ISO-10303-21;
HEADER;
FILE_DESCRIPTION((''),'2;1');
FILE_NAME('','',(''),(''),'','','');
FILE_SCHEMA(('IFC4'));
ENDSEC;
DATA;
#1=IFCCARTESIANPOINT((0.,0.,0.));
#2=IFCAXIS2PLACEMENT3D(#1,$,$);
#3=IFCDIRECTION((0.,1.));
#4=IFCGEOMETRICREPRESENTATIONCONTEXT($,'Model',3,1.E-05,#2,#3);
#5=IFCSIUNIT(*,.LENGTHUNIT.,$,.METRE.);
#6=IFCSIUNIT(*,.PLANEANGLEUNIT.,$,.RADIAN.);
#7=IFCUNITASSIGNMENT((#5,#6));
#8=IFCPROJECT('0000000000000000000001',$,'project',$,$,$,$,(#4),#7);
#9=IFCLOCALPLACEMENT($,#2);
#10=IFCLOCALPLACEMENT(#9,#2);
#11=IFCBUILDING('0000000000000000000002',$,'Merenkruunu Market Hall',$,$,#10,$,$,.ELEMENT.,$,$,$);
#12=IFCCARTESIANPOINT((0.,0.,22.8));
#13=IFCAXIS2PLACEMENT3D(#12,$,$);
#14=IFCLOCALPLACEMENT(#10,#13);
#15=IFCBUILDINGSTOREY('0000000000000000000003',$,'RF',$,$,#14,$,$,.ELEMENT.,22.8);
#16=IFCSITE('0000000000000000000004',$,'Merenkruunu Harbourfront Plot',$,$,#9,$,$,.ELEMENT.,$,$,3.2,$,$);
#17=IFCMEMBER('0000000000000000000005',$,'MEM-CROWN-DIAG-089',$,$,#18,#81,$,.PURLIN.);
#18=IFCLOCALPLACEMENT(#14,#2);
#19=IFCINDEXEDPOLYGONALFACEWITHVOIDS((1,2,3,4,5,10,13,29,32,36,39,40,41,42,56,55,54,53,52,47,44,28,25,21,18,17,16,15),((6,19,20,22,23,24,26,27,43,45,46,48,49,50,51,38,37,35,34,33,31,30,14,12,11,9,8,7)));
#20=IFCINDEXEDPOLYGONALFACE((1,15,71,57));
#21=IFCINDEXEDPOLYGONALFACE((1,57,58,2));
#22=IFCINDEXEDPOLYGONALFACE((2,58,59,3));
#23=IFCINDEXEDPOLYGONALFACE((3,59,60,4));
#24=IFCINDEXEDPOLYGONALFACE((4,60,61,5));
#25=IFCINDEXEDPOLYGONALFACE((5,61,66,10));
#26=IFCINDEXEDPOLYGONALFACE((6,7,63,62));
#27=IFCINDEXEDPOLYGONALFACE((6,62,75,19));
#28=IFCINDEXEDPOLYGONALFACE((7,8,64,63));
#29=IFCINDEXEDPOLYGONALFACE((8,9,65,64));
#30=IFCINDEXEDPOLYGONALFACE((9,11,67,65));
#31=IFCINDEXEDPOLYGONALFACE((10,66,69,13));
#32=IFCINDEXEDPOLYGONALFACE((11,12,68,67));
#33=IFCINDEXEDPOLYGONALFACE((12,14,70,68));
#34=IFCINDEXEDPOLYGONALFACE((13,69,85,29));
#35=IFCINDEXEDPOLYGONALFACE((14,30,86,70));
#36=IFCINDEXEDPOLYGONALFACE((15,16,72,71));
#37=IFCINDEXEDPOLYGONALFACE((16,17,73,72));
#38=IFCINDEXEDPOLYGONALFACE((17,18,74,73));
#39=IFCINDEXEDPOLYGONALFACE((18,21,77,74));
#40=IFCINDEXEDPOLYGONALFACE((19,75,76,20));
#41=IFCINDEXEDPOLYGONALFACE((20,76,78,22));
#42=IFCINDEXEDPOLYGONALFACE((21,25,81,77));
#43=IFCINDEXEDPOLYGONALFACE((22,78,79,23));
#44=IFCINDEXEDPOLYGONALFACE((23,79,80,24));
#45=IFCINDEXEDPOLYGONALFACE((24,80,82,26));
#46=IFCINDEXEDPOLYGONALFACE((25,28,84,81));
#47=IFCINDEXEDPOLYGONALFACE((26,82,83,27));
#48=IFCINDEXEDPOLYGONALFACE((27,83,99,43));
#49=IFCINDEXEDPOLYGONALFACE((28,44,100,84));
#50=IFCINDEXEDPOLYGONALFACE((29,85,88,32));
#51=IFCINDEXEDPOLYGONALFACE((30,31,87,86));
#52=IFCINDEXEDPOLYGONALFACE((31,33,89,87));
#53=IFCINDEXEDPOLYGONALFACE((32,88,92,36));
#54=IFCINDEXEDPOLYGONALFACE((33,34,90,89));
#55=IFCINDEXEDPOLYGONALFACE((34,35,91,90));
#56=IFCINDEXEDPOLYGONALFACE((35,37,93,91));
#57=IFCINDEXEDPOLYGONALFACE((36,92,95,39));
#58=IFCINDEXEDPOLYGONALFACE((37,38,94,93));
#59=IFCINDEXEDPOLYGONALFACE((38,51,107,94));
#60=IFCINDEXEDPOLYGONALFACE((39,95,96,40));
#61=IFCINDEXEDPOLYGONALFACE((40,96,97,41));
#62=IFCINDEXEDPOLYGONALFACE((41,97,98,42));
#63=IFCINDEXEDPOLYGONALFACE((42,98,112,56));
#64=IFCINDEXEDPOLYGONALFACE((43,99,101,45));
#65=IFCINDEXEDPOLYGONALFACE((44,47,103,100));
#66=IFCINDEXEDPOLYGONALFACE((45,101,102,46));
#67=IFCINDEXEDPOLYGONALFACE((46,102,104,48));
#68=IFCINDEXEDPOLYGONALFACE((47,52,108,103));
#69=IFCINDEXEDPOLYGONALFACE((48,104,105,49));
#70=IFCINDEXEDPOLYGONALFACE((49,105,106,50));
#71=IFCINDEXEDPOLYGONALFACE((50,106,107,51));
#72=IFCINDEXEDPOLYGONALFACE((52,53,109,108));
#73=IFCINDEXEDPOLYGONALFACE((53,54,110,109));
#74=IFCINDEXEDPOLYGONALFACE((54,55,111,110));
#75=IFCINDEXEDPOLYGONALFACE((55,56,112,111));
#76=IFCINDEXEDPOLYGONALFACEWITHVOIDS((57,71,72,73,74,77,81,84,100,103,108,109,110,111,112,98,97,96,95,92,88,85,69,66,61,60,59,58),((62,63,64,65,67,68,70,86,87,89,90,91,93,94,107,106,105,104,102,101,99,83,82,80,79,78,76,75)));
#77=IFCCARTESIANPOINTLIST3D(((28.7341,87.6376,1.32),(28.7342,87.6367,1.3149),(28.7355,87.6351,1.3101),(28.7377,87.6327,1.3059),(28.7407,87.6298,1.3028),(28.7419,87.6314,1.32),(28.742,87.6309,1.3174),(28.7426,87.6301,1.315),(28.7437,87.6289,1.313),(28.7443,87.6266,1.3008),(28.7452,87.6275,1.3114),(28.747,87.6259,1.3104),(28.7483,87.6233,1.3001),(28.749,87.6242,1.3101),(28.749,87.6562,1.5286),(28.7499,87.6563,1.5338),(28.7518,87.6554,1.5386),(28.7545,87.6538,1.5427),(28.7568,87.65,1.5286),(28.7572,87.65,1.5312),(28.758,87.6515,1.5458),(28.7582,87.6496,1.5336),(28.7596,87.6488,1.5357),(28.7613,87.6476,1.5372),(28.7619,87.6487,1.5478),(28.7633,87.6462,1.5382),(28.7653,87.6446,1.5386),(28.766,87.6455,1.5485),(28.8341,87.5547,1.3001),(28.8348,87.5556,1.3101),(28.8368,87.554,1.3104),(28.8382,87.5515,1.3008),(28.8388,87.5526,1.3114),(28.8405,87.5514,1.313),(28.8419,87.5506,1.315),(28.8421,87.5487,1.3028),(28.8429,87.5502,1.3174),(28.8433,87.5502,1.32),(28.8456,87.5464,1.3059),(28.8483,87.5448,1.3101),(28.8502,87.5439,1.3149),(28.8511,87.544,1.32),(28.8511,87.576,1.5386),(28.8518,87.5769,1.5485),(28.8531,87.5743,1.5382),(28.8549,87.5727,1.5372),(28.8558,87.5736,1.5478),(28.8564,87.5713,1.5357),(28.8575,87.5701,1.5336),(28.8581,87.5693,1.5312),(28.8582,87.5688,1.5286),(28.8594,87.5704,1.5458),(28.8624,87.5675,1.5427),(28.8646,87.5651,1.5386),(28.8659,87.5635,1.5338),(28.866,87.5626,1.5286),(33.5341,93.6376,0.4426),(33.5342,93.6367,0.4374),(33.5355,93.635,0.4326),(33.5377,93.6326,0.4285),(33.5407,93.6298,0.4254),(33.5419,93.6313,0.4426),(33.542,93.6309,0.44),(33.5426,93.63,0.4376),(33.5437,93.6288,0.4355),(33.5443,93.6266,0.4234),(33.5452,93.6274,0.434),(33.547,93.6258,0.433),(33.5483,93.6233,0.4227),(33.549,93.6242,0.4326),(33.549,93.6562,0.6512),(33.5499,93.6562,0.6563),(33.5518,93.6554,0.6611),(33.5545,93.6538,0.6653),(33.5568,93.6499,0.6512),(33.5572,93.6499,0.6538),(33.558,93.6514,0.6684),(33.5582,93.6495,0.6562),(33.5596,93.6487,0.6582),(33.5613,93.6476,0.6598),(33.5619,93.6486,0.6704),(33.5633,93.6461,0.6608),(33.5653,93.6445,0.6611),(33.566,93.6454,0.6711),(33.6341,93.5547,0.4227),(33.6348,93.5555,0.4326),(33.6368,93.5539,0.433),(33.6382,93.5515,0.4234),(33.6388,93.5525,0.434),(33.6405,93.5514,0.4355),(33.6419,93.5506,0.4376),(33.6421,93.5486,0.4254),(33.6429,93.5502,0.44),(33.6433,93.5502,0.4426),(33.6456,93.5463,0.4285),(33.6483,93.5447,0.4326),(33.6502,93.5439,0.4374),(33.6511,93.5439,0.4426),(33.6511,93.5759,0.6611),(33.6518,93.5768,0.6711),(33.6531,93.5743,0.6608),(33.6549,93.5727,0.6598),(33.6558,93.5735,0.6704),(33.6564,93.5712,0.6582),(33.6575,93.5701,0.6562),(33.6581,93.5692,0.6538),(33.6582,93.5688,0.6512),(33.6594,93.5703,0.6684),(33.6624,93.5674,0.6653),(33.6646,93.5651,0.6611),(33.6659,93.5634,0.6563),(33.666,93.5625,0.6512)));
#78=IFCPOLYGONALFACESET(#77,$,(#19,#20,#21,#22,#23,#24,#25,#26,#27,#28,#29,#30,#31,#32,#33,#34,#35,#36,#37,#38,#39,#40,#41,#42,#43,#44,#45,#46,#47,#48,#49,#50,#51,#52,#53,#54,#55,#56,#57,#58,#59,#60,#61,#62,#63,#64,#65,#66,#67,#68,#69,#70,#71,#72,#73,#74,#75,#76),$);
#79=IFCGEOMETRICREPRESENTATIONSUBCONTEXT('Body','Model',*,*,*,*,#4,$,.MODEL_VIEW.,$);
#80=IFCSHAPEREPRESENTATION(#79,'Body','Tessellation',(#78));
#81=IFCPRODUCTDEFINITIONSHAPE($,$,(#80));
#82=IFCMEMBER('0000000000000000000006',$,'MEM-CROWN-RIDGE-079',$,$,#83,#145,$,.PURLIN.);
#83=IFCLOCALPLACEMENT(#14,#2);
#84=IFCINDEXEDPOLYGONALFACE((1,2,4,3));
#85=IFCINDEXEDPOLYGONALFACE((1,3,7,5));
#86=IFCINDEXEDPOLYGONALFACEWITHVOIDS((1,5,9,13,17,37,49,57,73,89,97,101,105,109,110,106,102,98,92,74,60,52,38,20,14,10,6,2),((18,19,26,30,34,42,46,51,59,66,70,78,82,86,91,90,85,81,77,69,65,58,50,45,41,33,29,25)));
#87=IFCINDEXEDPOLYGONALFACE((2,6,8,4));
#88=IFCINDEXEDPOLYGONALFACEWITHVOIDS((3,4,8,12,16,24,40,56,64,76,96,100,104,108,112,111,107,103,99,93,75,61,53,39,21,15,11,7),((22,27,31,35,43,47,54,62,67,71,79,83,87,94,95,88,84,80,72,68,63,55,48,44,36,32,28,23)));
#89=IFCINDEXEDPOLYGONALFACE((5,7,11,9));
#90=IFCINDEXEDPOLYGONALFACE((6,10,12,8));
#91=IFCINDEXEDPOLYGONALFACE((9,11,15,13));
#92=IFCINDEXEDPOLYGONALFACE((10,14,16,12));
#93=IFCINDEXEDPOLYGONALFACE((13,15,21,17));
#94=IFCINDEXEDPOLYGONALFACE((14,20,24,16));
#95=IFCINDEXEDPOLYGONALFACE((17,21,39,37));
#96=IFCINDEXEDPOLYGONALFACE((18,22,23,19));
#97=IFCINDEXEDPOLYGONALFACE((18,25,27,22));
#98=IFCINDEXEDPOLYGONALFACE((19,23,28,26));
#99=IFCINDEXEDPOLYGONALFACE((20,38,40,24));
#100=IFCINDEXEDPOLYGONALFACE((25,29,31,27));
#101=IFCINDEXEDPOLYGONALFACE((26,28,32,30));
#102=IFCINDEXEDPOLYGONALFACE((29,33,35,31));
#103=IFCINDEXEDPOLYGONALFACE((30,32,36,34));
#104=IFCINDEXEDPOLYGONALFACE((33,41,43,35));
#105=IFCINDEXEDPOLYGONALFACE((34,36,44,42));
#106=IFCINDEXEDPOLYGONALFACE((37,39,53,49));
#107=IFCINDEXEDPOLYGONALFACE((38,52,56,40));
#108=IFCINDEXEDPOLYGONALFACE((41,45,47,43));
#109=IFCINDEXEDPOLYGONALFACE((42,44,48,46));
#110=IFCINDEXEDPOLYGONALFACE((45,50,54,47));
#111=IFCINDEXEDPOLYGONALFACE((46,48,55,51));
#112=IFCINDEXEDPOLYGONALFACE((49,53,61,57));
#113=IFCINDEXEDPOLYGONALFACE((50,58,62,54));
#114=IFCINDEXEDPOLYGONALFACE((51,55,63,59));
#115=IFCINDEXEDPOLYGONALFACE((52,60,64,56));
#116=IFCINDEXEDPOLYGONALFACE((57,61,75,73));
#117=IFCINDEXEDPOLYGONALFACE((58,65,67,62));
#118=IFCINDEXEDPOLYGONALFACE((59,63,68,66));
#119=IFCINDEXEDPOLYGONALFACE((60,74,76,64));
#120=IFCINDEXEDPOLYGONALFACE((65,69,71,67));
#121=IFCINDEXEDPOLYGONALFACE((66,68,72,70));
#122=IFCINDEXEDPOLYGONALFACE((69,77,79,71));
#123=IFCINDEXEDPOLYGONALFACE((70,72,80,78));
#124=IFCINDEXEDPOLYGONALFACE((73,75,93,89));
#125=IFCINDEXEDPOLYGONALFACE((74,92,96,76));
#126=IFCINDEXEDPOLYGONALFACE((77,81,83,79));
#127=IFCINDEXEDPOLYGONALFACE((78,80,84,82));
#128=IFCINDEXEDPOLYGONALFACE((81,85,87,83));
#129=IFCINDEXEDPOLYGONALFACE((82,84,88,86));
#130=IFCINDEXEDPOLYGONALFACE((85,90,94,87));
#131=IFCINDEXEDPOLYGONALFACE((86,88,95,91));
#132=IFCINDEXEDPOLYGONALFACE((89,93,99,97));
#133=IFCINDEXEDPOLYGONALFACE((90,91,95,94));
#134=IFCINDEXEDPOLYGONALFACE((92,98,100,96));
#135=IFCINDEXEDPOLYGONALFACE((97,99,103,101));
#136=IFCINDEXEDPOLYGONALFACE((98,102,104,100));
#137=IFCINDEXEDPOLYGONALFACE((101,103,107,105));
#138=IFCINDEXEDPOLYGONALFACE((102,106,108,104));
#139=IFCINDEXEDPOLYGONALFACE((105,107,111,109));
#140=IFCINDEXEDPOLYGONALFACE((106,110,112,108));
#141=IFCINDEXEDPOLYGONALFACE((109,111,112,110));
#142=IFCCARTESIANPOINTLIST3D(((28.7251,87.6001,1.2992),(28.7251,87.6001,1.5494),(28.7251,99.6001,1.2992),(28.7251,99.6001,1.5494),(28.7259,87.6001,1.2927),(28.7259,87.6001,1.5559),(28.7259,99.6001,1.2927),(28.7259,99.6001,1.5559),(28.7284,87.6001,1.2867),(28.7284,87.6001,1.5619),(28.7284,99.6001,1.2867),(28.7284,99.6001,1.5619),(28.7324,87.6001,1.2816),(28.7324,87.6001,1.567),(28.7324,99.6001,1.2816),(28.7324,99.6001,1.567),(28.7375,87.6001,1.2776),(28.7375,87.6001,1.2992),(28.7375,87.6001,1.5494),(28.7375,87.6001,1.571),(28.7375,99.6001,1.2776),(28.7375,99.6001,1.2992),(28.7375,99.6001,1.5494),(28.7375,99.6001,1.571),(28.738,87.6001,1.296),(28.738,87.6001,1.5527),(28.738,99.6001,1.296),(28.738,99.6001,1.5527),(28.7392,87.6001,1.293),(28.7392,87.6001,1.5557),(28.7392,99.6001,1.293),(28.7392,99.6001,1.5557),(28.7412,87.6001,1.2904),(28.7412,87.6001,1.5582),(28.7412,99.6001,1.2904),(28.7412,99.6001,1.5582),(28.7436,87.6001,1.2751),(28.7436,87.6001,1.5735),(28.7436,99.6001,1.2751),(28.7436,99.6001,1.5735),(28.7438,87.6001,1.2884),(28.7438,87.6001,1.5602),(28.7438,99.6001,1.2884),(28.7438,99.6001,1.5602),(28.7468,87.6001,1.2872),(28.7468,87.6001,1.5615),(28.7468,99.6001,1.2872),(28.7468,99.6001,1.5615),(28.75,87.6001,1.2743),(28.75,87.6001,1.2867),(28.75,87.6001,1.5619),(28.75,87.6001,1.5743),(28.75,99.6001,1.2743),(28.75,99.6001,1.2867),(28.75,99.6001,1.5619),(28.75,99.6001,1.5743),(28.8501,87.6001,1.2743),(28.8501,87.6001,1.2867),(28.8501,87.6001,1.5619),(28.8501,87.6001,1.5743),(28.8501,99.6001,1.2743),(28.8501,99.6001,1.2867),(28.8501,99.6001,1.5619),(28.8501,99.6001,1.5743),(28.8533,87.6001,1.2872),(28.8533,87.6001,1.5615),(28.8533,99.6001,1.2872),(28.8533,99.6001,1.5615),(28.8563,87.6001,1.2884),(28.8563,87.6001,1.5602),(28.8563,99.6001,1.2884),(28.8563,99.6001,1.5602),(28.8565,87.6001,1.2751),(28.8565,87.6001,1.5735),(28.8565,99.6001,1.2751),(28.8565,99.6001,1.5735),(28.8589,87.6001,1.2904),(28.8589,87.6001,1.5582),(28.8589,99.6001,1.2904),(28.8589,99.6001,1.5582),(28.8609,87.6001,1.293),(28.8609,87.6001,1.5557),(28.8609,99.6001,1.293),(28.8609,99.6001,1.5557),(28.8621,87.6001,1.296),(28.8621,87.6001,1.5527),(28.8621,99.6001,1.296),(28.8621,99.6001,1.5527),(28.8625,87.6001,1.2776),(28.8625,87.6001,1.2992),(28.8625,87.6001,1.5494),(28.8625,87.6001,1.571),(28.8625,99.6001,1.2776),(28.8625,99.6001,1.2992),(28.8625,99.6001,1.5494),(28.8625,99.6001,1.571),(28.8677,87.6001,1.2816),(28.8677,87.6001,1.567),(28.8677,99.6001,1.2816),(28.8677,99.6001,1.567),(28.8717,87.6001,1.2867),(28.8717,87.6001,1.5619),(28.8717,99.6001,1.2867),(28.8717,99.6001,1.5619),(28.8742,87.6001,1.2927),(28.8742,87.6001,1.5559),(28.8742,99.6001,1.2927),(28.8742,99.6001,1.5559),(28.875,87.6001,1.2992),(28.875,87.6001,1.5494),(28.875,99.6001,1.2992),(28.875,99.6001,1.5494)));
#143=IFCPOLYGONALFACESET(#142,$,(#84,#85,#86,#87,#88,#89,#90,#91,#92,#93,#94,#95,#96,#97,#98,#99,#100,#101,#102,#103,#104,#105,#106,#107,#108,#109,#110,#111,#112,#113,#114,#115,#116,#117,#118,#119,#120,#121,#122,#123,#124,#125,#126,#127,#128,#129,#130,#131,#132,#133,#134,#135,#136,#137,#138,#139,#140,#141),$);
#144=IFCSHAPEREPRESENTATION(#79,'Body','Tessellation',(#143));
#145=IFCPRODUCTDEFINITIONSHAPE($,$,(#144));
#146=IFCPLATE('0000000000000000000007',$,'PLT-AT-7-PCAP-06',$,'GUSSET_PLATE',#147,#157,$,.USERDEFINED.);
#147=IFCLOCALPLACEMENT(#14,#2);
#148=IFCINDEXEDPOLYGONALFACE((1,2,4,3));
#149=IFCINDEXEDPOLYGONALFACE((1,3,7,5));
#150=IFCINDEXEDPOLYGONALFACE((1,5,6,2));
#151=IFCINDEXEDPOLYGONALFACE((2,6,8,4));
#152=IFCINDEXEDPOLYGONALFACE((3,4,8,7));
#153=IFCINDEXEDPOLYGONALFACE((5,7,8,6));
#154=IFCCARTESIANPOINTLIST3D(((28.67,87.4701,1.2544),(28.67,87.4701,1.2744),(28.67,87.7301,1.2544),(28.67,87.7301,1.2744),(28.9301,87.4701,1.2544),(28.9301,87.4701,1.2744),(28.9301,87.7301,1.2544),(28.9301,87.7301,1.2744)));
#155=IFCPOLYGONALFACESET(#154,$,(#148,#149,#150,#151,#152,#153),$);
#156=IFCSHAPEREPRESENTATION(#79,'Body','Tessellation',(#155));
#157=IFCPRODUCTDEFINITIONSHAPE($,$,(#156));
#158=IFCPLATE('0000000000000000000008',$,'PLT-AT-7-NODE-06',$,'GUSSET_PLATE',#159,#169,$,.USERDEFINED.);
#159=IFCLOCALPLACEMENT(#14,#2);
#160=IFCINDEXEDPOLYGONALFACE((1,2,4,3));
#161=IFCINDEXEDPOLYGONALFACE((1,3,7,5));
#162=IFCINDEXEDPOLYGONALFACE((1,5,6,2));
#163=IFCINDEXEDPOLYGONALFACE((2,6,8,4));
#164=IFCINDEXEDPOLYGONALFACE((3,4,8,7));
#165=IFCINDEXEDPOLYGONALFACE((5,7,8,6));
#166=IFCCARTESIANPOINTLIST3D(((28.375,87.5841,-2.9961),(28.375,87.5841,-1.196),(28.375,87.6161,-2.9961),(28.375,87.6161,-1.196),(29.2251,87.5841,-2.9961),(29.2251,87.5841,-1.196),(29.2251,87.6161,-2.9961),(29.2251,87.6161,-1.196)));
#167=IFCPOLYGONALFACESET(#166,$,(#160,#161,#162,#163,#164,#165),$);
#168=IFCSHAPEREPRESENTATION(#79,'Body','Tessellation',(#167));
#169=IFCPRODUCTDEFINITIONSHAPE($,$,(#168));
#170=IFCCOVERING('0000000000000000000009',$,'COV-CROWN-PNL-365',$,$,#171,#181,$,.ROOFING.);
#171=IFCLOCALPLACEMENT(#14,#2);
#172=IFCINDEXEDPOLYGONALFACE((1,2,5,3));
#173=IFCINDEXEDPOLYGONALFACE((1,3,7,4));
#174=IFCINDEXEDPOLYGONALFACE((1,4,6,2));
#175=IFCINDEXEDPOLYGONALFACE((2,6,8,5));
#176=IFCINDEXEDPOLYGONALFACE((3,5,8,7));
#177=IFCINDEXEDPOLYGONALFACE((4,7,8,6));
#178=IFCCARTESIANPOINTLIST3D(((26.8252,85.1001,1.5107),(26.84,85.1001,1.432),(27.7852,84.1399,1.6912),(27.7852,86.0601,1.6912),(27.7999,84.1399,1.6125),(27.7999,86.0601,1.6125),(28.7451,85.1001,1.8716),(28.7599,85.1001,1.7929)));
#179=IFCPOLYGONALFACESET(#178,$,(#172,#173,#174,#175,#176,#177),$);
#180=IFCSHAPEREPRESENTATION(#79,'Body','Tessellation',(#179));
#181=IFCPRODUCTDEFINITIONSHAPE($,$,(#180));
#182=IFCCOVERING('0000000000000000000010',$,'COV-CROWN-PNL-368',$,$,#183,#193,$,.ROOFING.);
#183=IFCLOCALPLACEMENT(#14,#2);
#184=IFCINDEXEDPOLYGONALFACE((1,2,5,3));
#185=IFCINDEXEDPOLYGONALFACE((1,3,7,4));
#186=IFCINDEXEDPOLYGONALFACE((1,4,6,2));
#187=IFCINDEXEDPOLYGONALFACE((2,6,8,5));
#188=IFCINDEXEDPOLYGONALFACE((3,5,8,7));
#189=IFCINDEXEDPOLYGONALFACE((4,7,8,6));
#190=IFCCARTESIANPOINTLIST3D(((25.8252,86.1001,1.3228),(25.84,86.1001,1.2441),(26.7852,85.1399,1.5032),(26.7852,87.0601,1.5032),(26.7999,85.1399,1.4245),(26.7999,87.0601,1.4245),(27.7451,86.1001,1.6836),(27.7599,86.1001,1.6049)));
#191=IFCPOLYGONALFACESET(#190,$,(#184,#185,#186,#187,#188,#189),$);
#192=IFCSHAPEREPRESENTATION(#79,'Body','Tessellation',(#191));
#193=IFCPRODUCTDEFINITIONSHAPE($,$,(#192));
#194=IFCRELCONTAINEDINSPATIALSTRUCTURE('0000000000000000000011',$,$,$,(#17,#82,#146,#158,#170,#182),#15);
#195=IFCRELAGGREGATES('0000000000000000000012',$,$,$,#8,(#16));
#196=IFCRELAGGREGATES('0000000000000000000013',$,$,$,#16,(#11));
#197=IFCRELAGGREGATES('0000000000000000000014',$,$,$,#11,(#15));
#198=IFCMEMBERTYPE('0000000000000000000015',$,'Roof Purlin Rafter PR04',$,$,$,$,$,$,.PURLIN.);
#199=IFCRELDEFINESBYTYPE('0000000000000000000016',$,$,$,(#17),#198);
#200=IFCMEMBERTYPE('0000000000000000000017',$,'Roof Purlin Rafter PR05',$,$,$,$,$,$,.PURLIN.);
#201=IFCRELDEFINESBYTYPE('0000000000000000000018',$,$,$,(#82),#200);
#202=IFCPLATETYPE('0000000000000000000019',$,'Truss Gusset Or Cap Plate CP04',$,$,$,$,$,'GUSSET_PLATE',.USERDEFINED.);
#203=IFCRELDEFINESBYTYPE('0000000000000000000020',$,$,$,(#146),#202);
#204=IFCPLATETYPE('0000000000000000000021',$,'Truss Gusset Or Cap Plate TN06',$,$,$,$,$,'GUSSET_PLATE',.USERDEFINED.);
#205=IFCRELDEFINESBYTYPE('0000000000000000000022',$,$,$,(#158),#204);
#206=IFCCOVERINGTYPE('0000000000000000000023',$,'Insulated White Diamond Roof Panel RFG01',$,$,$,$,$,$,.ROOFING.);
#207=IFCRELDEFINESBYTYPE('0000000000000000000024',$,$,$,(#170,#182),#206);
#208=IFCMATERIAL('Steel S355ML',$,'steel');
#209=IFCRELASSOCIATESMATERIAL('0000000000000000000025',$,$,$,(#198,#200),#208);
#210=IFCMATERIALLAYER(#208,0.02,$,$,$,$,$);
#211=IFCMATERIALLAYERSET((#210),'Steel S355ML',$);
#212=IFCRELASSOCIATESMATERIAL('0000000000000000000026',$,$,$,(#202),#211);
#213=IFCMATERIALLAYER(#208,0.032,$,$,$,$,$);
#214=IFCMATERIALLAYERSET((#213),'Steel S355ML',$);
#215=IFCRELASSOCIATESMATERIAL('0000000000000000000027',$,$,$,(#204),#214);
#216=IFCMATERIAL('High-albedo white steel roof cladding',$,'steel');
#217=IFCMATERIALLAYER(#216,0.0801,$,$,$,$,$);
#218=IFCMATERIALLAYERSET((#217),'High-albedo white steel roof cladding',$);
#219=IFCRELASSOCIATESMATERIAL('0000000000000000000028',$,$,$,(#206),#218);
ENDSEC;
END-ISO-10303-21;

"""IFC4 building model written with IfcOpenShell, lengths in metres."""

from ifc_helpers import new_model, si_unit, direction, frame, origin, origin_2d, place, context, subcontext, project, spatial, polyline, rectangle, hollow_rectangle, outline, extrude, material, layer, layer_set, material_profile, profile_set, type_object, element, save


model = new_model("IFC4")

# Units and contexts
model_context = context("Model", 3, precision=1e-05, world=origin(), true_north=direction((0.0, 1.0)))
body_context = subcontext(model_context, "Body", "Model", "MODEL_VIEW")
ifc_project = project(units=[si_unit("LENGTHUNIT", "METRE"), si_unit("PLANEANGLEUNIT", "RADIAN")], contexts=[model_context])

# Site, building, storey
site_placement = place(None, origin())
site = spatial("IfcSite", under=ifc_project, at=site_placement, Name="Merenkruunu Harbourfront Plot", CompositionType="ELEMENT", RefElevation=3.2)
building_placement = place(site_placement, origin())
building = spatial("IfcBuilding", under=site, at=building_placement, Name="Merenkruunu Market Hall", CompositionType="ELEMENT")
storey_placement = place(building_placement, frame((0.0, 0.0, 22.8)))
storey = spatial("IfcBuildingStorey", under=building, at=storey_placement, Name="RF", CompositionType="ELEMENT", Elevation=22.8)

# Members
ifc_material_1 = material(Name="Steel S355ML", Category="steel")
ifc_material_profile_1 = material_profile(ifc_material_1, hollow_rectangle(XDim=0.1499, YDim=0.25, WallThickness=0.01, InnerFilletRadius=0.01, OuterFilletRadius=0.02, at=origin_2d()), Name="RHS 250x150x10")
ifc_profile_set_1 = profile_set([ifc_material_profile_1], Name="Steel S355ML")
member_type_1 = type_object("IfcMemberType", Name="Roof Purlin Rafter PR04", PredefinedType="PURLIN", material=ifc_profile_set_1)
for number, where, z_axis, x_axis, name in (
    (1, (28.8, 87.6001, 1.4243), (0.620665, 0.775824, -0.113457), (-0.780866, 0.624699, 0.0), "MEM-CROWN-DIAG-089"),
):
    element("IfcMember", number, at=place(storey_placement, frame(where, z_axis=z_axis, x_axis=x_axis)), inside=storey, type_object=member_type_1, Name=name, PredefinedType="PURLIN", context=body_context, shape_type="SweptSolid", body=[
        extrude(hollow_rectangle(XDim=0.1499, YDim=0.25, WallThickness=0.01, InnerFilletRadius=0.01, OuterFilletRadius=0.02, at=origin_2d()), origin(), (0.0, 0.0, 1.0), 7.7336),
    ])
ifc_material_profile_2 = material_profile(ifc_material_1, hollow_rectangle(XDim=0.1499, YDim=0.3, WallThickness=0.0125, InnerFilletRadius=0.0125, OuterFilletRadius=0.0249, at=origin_2d()), Name="RHS 300x150x12.5")
ifc_profile_set_2 = profile_set([ifc_material_profile_2], Name="Steel S355ML")
member_type_2 = type_object("IfcMemberType", Name="Roof Purlin Rafter PR05", PredefinedType="PURLIN", material=ifc_profile_set_2)
member_1_placement = place(storey_placement, frame((28.8, 87.6001, 1.4243), z_axis=(0.0, 1.0, 0.0), x_axis=(-1.0, 0.0, 0.0)))
element("IfcMember", 2, at=member_1_placement, inside=storey, type_object=member_type_2, Name="MEM-CROWN-RIDGE-079", PredefinedType="PURLIN", context=body_context, shape_type="SweptSolid", body=[
    extrude(hollow_rectangle(XDim=0.1499, YDim=0.3, WallThickness=0.0125, InnerFilletRadius=0.0125, OuterFilletRadius=0.0249, at=origin_2d()), origin(), (0.0, 0.0, 1.0), 12.0),
])

# Plates
ifc_layer_1 = layer(ifc_material_1, 0.02)
ifc_layer_set_1 = layer_set([ifc_layer_1], Name="Steel S355ML")
plate_type_1 = type_object("IfcPlateType", Name="Truss Gusset Or Cap Plate CP04", ElementType="GUSSET_PLATE", PredefinedType="USERDEFINED", material=ifc_layer_set_1)
plate_1_placement = place(storey_placement, frame((28.8, 87.6001, 1.2544), z_axis=(0.0, 0.0, 1.0), x_axis=(1.0, 0.0, 0.0)))
element("IfcPlate", 3, at=plate_1_placement, inside=storey, type_object=plate_type_1, Name="PLT-AT-7-PCAP-06", ObjectType="GUSSET_PLATE", PredefinedType="USERDEFINED", context=body_context, shape_type="SweptSolid", body=[
    extrude(rectangle(XDim=0.26, YDim=0.26, at=origin_2d()), origin(), (0.0, 0.0, 1.0), 0.02),
])
ifc_layer_2 = layer(ifc_material_1, 0.032)
ifc_layer_set_2 = layer_set([ifc_layer_2], Name="Steel S355ML")
plate_type_2 = type_object("IfcPlateType", Name="Truss Gusset Or Cap Plate TN06", ElementType="GUSSET_PLATE", PredefinedType="USERDEFINED", material=ifc_layer_set_2)
plate_2_placement = place(storey_placement, frame((28.8, 87.6001, -2.9961), z_axis=(0.0, 0.0, 1.0), x_axis=(1.0, 0.0, 0.0)))
element("IfcPlate", 4, at=plate_2_placement, inside=storey, type_object=plate_type_2, Name="PLT-AT-7-NODE-06", ObjectType="GUSSET_PLATE", PredefinedType="USERDEFINED", context=body_context, shape_type="SweptSolid", body=[
    extrude(rectangle(XDim=0.8501, YDim=0.032, at=origin_2d()), origin(), (0.0, 0.0, 1.0), 1.8),
])

# Coverings
ifc_material_2 = material(Name="High-albedo white steel roof cladding", Category="steel")
ifc_layer_3 = layer(ifc_material_2, 0.0801)
ifc_layer_set_3 = layer_set([ifc_layer_3], Name="High-albedo white steel roof cladding")
covering_type_1 = type_object("IfcCoveringType", Name="Insulated White Diamond Roof Panel RFG01", PredefinedType="ROOFING", material=ifc_layer_set_3)
for number, where, z_axis, x_axis, name in (
    (5, (26.8252, 85.1001, 1.5107), (-0.184711, 0.0, 0.982793), (0.700856, -0.701035, 0.131722), "COV-CROWN-PNL-365"),
    (6, (25.8252, 86.1001, 1.3228), (-0.184711, 0.0, 0.982793), (0.700856, -0.701035, 0.131722), "COV-CROWN-PNL-368"),
):
    element("IfcCovering", number, at=place(storey_placement, frame(where, z_axis=z_axis, x_axis=x_axis)), inside=storey, type_object=covering_type_1, Name=name, PredefinedType="ROOFING", context=body_context, shape_type="SweptSolid", body=[
        extrude(outline(polyline([(0.0, 0.0), (1.3697, 0.0), (1.3931, 1.3695), (0.0236, 1.3693), (0.0, 0.0)])), origin(), (0.0, 0.0, -1.0), 0.0801),
    ])

save(model, "model.ifc")
